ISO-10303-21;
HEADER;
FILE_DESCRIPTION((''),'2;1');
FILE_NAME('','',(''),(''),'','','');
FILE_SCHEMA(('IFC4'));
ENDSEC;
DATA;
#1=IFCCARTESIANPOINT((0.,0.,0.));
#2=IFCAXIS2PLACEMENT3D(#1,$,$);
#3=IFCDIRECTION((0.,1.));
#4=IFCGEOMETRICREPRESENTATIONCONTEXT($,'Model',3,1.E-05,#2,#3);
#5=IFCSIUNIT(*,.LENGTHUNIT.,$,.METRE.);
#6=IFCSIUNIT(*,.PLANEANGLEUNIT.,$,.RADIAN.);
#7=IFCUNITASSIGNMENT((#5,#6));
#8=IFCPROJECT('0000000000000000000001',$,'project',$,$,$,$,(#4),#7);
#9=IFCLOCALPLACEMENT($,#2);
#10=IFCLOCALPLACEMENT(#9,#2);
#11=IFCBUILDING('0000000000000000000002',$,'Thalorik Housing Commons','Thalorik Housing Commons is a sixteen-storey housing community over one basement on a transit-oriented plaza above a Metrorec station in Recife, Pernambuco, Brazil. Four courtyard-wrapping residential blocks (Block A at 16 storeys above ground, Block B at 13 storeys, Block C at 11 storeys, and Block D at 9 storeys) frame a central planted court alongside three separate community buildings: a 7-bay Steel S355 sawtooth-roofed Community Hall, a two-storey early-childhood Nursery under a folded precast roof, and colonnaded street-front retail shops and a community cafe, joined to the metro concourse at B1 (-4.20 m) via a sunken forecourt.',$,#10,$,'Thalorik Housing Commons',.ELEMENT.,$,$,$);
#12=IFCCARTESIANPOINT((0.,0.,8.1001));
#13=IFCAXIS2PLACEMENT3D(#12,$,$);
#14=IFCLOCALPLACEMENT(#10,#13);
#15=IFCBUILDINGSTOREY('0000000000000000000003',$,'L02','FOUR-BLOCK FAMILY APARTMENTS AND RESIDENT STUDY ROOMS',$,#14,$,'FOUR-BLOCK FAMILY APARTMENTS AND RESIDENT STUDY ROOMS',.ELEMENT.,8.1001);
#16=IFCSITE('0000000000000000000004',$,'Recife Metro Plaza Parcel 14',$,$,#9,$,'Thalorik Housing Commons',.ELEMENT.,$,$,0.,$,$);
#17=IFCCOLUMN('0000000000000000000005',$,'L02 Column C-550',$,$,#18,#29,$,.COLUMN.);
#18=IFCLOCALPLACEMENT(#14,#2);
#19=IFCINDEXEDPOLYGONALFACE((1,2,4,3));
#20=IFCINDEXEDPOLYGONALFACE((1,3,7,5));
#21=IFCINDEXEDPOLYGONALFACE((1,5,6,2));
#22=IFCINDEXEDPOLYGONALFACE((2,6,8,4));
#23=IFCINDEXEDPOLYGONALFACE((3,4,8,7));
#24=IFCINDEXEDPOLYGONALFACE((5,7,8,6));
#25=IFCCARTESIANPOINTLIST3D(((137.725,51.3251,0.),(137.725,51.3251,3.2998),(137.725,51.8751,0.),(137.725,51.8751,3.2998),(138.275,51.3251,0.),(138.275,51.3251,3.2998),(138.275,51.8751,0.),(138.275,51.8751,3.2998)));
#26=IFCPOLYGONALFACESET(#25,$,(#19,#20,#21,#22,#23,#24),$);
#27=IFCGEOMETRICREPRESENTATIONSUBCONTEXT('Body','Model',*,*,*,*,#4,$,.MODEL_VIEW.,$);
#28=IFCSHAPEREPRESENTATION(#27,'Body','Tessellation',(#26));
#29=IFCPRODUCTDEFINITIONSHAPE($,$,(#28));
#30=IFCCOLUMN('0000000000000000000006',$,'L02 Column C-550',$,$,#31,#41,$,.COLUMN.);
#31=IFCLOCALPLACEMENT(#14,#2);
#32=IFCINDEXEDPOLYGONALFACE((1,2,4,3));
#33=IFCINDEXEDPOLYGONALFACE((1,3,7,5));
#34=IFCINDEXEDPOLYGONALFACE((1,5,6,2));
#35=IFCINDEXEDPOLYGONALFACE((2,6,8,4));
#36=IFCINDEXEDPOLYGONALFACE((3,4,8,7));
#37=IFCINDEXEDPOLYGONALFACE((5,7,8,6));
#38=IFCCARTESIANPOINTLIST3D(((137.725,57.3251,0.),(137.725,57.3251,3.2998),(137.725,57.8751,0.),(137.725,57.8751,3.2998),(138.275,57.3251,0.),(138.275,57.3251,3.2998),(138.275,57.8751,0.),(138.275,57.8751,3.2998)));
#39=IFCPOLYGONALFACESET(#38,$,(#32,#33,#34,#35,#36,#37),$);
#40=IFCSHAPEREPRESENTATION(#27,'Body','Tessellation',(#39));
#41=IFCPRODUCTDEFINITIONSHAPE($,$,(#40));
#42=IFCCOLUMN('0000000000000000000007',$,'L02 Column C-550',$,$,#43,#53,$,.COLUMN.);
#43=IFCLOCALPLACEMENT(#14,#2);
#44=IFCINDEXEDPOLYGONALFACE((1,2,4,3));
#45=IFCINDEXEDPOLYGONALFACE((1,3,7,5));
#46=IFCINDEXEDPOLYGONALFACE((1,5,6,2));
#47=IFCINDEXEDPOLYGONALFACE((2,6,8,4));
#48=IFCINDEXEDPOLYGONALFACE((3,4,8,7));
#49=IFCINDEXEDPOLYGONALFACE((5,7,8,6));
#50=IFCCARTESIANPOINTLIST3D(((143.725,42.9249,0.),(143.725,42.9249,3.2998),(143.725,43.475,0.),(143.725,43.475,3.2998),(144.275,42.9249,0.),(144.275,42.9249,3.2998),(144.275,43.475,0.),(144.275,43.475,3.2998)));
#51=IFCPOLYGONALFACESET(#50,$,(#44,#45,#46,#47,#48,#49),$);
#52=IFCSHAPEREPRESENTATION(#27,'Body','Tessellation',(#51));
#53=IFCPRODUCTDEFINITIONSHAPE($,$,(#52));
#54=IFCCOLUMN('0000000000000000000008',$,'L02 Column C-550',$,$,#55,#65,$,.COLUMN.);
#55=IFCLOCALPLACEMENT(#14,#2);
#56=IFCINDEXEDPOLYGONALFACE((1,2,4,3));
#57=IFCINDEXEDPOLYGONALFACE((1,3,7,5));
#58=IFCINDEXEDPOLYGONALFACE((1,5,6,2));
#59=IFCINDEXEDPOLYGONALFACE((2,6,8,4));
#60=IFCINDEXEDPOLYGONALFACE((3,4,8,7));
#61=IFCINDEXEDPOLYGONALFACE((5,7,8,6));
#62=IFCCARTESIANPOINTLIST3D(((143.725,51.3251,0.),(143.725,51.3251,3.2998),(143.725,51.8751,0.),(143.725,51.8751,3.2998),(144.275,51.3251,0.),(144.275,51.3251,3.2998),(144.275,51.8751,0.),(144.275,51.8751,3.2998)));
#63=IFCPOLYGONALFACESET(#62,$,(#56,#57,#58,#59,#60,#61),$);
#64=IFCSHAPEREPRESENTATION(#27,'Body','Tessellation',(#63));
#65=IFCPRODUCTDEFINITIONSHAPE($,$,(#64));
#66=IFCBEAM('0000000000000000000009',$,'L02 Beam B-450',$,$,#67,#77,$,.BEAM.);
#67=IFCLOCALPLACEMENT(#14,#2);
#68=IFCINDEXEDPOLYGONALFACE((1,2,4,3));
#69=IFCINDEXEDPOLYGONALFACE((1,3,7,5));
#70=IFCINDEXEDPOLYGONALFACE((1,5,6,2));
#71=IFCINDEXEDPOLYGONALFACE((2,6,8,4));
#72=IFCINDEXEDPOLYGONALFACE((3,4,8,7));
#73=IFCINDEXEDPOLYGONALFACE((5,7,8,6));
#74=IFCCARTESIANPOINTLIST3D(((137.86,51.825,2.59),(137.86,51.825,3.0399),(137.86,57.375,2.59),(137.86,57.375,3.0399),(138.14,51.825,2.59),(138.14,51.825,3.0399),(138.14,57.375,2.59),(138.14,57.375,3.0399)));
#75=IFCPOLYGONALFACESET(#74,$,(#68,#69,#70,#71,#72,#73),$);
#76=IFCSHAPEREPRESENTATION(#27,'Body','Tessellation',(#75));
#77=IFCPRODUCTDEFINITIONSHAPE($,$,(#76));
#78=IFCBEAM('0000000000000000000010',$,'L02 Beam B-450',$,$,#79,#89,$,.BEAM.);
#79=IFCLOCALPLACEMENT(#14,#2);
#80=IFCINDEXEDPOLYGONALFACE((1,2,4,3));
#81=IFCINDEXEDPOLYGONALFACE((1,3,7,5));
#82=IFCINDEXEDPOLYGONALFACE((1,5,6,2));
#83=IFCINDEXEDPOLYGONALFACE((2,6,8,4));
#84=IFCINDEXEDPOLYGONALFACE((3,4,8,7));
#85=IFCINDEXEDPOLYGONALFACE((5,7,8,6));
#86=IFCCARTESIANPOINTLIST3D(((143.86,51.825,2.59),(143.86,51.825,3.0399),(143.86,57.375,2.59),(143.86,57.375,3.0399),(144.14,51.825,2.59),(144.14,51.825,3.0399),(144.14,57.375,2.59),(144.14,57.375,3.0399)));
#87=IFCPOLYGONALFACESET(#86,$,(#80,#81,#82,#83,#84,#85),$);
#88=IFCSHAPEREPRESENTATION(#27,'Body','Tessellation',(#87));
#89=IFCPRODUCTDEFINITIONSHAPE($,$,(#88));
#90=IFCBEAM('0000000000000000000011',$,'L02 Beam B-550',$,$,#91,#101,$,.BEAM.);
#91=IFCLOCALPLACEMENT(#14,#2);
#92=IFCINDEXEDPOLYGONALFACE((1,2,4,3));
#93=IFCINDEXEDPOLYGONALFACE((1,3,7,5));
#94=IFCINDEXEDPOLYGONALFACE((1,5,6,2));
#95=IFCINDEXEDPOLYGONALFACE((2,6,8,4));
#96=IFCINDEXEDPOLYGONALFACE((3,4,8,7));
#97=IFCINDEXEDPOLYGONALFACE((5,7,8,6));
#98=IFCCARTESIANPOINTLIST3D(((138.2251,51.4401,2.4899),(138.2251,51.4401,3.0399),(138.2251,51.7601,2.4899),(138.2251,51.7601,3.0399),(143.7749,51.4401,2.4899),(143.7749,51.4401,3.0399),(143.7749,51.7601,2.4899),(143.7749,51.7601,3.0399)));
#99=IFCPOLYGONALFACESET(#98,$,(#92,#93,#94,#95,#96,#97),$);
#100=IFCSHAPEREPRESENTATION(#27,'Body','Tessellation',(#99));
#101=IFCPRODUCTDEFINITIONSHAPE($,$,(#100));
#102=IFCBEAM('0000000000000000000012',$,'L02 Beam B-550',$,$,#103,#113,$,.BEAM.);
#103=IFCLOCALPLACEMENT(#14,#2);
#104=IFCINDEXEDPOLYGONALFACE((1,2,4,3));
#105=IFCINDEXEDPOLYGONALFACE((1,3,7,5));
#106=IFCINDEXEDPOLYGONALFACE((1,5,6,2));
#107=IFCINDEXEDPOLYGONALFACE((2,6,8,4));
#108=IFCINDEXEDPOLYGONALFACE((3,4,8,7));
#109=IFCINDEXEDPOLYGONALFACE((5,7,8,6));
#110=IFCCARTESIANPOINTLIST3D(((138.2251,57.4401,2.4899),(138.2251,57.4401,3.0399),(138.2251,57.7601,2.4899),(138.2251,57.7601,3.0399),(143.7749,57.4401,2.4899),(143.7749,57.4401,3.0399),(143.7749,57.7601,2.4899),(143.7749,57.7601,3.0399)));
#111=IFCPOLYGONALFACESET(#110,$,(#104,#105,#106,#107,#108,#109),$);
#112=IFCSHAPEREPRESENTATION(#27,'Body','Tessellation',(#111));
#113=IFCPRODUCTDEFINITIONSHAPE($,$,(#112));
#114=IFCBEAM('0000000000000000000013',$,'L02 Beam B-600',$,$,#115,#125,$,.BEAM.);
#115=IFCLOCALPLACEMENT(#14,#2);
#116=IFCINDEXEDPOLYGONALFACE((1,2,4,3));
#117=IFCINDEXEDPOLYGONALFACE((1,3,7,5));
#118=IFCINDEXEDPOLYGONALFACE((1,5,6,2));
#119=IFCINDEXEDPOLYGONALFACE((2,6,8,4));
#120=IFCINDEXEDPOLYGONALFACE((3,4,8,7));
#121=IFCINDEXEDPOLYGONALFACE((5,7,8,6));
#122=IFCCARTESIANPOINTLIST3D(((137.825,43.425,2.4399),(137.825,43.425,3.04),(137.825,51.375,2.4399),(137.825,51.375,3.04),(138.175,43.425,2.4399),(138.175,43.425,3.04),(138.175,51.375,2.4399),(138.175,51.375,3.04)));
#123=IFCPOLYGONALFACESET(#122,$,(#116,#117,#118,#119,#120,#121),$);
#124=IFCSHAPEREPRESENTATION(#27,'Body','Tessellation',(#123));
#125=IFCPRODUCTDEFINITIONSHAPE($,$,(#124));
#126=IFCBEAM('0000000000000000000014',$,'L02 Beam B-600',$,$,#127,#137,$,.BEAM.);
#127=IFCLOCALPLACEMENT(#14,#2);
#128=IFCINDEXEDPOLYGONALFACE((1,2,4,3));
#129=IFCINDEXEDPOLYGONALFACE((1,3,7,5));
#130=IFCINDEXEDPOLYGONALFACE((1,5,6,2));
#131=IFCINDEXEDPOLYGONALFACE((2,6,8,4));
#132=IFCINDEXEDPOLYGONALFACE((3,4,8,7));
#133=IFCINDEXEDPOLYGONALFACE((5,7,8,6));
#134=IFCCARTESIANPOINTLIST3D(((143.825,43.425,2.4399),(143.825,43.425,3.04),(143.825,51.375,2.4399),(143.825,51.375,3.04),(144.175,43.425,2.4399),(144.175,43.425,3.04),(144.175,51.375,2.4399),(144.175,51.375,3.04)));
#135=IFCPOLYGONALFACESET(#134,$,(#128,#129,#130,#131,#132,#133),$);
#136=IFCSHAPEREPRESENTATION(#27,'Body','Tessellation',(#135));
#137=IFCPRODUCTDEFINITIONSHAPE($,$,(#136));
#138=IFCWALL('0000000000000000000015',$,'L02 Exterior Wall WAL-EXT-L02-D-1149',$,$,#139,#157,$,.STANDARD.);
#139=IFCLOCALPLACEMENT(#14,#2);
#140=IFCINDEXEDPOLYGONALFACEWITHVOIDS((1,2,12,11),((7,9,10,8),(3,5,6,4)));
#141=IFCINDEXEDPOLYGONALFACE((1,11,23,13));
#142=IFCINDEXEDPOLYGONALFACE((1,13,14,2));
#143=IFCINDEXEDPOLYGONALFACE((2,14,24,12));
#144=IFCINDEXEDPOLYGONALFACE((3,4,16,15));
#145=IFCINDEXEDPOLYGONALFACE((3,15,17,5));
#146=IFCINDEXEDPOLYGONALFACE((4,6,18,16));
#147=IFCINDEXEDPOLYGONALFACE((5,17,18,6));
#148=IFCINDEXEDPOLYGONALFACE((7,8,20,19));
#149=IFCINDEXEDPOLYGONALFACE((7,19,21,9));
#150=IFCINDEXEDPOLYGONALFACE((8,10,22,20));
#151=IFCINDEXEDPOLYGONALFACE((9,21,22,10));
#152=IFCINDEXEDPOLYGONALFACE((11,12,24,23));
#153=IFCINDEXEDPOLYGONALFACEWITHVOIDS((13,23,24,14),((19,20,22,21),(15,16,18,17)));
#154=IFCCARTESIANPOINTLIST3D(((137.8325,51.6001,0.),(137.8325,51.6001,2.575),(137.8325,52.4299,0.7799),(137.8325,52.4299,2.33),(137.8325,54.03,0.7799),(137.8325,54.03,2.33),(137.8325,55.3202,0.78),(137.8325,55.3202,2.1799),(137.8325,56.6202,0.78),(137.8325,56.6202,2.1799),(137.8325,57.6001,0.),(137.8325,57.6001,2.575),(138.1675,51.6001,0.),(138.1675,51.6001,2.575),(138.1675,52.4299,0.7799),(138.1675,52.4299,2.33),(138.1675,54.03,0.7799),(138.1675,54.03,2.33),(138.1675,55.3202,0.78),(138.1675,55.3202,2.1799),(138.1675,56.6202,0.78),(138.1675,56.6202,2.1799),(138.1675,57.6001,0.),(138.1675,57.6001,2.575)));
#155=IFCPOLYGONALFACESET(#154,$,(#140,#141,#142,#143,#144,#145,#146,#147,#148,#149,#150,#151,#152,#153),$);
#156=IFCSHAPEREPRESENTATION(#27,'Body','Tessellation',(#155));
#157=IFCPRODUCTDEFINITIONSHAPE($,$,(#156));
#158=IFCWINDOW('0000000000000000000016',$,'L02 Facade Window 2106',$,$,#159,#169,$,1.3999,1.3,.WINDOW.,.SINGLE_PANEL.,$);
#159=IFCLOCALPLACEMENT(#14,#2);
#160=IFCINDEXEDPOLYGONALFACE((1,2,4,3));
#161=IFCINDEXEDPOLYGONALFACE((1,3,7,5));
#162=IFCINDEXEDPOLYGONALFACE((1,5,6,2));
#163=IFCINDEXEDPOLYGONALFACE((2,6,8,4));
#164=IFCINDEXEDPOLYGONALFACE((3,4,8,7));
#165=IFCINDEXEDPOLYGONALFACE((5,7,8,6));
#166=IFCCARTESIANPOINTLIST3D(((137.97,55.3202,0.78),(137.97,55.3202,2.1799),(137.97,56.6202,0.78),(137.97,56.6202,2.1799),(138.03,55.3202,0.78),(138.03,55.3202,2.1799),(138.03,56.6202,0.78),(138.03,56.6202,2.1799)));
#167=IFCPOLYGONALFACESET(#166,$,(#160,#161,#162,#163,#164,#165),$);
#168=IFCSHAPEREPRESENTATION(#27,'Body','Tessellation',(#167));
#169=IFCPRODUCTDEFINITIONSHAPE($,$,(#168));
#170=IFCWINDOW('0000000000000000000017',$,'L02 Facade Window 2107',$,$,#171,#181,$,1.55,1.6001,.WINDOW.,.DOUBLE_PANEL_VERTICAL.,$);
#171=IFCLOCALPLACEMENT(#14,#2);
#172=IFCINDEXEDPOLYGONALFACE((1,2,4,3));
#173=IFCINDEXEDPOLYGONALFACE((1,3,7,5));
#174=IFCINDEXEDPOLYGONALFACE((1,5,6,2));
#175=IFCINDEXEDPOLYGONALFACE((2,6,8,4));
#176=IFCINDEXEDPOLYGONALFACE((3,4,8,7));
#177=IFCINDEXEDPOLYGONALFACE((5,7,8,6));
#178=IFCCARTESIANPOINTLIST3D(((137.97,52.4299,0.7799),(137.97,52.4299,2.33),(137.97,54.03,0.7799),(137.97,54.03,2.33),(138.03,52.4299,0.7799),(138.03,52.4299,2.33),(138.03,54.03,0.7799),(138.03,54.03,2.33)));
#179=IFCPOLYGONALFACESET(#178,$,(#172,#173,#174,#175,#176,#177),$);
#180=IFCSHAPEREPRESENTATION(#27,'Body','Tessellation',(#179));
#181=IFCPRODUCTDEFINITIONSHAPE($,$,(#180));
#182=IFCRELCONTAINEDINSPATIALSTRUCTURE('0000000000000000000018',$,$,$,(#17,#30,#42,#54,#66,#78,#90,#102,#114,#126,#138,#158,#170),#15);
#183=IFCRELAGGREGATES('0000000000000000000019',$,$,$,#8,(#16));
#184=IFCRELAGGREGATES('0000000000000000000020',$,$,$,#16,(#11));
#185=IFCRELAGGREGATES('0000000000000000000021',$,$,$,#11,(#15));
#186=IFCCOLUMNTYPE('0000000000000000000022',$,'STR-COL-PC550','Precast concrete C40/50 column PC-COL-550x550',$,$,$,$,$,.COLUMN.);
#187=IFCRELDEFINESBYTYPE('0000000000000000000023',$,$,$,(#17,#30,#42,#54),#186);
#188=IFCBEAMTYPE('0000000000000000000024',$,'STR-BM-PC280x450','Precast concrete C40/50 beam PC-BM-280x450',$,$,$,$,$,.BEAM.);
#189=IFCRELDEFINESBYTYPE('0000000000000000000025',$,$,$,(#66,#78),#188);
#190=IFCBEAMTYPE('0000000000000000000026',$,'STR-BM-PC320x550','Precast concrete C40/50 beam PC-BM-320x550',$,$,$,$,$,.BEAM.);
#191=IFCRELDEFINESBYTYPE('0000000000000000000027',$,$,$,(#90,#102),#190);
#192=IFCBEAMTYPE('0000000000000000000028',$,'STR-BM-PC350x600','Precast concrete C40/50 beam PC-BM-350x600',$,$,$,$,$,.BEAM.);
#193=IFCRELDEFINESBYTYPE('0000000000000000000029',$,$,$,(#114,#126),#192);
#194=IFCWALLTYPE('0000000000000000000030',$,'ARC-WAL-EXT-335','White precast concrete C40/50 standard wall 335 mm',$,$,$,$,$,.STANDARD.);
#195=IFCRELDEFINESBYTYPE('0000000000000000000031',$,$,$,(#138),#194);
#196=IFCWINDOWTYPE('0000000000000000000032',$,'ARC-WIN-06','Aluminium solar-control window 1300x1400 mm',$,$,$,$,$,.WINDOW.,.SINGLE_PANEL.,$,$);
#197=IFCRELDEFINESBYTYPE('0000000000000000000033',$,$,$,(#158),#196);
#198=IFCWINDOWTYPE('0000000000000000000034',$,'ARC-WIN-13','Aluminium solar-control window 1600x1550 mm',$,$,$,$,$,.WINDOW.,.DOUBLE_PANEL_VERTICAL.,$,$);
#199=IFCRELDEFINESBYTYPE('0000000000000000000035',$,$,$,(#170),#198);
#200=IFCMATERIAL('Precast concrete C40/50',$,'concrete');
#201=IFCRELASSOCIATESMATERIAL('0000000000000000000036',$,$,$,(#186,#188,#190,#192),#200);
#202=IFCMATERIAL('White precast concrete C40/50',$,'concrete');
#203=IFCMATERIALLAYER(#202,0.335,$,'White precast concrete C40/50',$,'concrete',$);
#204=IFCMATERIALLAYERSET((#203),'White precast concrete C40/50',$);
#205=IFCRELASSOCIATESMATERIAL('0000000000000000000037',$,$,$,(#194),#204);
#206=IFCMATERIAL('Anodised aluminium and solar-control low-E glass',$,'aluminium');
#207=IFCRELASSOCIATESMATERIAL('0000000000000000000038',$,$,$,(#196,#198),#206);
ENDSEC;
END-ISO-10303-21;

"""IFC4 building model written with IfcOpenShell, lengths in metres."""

from ifc_helpers import new_model, si_unit, direction, frame, frame_2d, origin, origin_2d, place, context, subcontext, project, spatial, rectangle, extrude, material, layer, layer_set, material_profile, profile_set, type_object, element, fill, save


model = new_model("IFC4")

# Units and contexts
model_context = context("Model", 3, precision=1e-05, world=origin(), true_north=direction((0.0, 1.0)))
body_context = subcontext(model_context, "Body", "Model", "MODEL_VIEW")
ifc_project = project(units=[si_unit("LENGTHUNIT", "METRE"), si_unit("PLANEANGLEUNIT", "RADIAN")], contexts=[model_context])

# Site, building, storey
site_placement = place(None, origin())
site = spatial("IfcSite", under=ifc_project, at=site_placement, Name="Recife Metro Plaza Parcel 14", LongName="Thalorik Housing Commons", CompositionType="ELEMENT", RefElevation=0.0)
building_placement = place(site_placement, origin())
building = spatial("IfcBuilding", under=site, at=building_placement, Name="Thalorik Housing Commons", Description="Thalorik Housing Commons is a sixteen-storey housing community over one basement on a transit-oriented plaza above a Metrorec station in Recife, Pernambuco, Brazil. Four courtyard-wrapping residential blocks (Block A at 16 storeys above ground, Block B at 13 storeys, Block C at 11 storeys, and Block D at 9 storeys) frame a central planted court alongside three separate community buildings: a 7-bay Steel S355 sawtooth-roofed Community Hall, a two-storey early-childhood Nursery under a folded precast roof, and colonnaded street-front retail shops and a community cafe, joined to the metro concourse at B1 (-4.20 m) via a sunken forecourt.", LongName="Thalorik Housing Commons", CompositionType="ELEMENT")
storey_placement = place(building_placement, frame((0.0, 0.0, 8.1001)))
storey = spatial("IfcBuildingStorey", under=building, at=storey_placement, Name="L02", Description="FOUR-BLOCK FAMILY APARTMENTS AND RESIDENT STUDY ROOMS", LongName="FOUR-BLOCK FAMILY APARTMENTS AND RESIDENT STUDY ROOMS", CompositionType="ELEMENT", Elevation=8.1001)

# Columns
ifc_material_1 = material(Name="Precast concrete C40/50", Category="concrete")
ifc_material_profile_1 = material_profile(ifc_material_1, rectangle(XDim=0.55, YDim=0.55, at=origin_2d()), Name="PC 550x550", Category="concrete")
ifc_profile_set_1 = profile_set([ifc_material_profile_1], Name="Precast concrete C40/50")
column_type = type_object("IfcColumnType", Name="STR-COL-PC550", Description="Precast concrete C40/50 column PC-COL-550x550", PredefinedType="COLUMN", material=ifc_profile_set_1)
for number, where, z_axis, x_axis, name in (
    (1, (138.0, 51.6001, 0.0), (0.0, 0.0, 1.0), (1.0, 0.0, 0.0), "L02 Column C-550"),
    (2, (138.0, 57.6001, 0.0), (0.0, 0.0, 1.0), (1.0, 0.0, 0.0), "L02 Column C-550"),
    (3, (144.0, 43.2, 0.0), (0.0, 0.0, 1.0), (1.0, 0.0, 0.0), "L02 Column C-550"),
    (4, (144.0, 51.6001, 0.0), (0.0, 0.0, 1.0), (1.0, 0.0, 0.0), "L02 Column C-550"),
):
    element("IfcColumn", number, at=place(storey_placement, frame(where, z_axis=z_axis, x_axis=x_axis)), inside=storey, type_object=column_type, Name=name, PredefinedType="COLUMN", context=body_context, shape_type="SweptSolid", body=[
        extrude(rectangle(XDim=0.55, YDim=0.55, at=origin_2d()), origin(), (0.0, 0.0, 1.0), 3.2998),
    ])

# Beams
ifc_material_profile_2 = material_profile(ifc_material_1, rectangle(XDim=0.28, YDim=0.45, at=origin_2d()), Name="PC 280x450", Category="concrete")
ifc_profile_set_2 = profile_set([ifc_material_profile_2], Name="Precast concrete C40/50")
beam_type_1 = type_object("IfcBeamType", Name="STR-BM-PC280x450", Description="Precast concrete C40/50 beam PC-BM-280x450", PredefinedType="BEAM", material=ifc_profile_set_2)
for number, where, z_axis, x_axis, name in (
    (5, (138.0, 51.825, 2.8149), (0.0, 1.0, 0.0), (-1.0, 0.0, 0.0), "L02 Beam B-450"),
    (6, (144.0, 51.825, 2.8149), (0.0, 1.0, 0.0), (-1.0, 0.0, 0.0), "L02 Beam B-450"),
):
    element("IfcBeam", number, at=place(storey_placement, frame(where, z_axis=z_axis, x_axis=x_axis)), inside=storey, type_object=beam_type_1, Name=name, PredefinedType="BEAM", context=body_context, shape_type="SweptSolid", body=[
        extrude(rectangle(XDim=0.28, YDim=0.45, at=origin_2d()), origin(), (0.0, 0.0, 1.0), 5.55),
    ])
ifc_material_profile_3 = material_profile(ifc_material_1, rectangle(XDim=0.3201, YDim=0.55, at=origin_2d()), Name="PC 320x550", Category="concrete")
ifc_profile_set_3 = profile_set([ifc_material_profile_3], Name="Precast concrete C40/50")
beam_type_2 = type_object("IfcBeamType", Name="STR-BM-PC320x550", Description="Precast concrete C40/50 beam PC-BM-320x550", PredefinedType="BEAM", material=ifc_profile_set_3)
for number, where, z_axis, x_axis, name in (
    (7, (138.2251, 51.6001, 2.7649), (1.0, 0.0, 0.0), (0.0, 1.0, 0.0), "L02 Beam B-550"),
    (8, (138.2251, 57.6001, 2.7649), (1.0, 0.0, 0.0), (0.0, 1.0, 0.0), "L02 Beam B-550"),
):
    element("IfcBeam", number, at=place(storey_placement, frame(where, z_axis=z_axis, x_axis=x_axis)), inside=storey, type_object=beam_type_2, Name=name, PredefinedType="BEAM", context=body_context, shape_type="SweptSolid", body=[
        extrude(rectangle(XDim=0.3201, YDim=0.55, at=origin_2d()), origin(), (0.0, 0.0, 1.0), 5.5498),
    ])
ifc_material_profile_4 = material_profile(ifc_material_1, rectangle(XDim=0.3501, YDim=0.6001, at=origin_2d()), Name="PC 350x600", Category="concrete")
ifc_profile_set_4 = profile_set([ifc_material_profile_4], Name="Precast concrete C40/50")
beam_type_3 = type_object("IfcBeamType", Name="STR-BM-PC350x600", Description="Precast concrete C40/50 beam PC-BM-350x600", PredefinedType="BEAM", material=ifc_profile_set_4)
for number, where, z_axis, x_axis, name in (
    (9, (138.0, 43.425, 2.74), (0.0, 1.0, 0.0), (-1.0, 0.0, 0.0), "L02 Beam B-600"),
    (10, (144.0, 43.425, 2.74), (0.0, 1.0, 0.0), (-1.0, 0.0, 0.0), "L02 Beam B-600"),
):
    element("IfcBeam", number, at=place(storey_placement, frame(where, z_axis=z_axis, x_axis=x_axis)), inside=storey, type_object=beam_type_3, Name=name, PredefinedType="BEAM", context=body_context, shape_type="SweptSolid", body=[
        extrude(rectangle(XDim=0.3501, YDim=0.6001, at=origin_2d()), origin(), (0.0, 0.0, 1.0), 7.95),
    ])

# Wall, openings, windows
ifc_material_2 = material(Name="White precast concrete C40/50", Category="concrete")
ifc_layer_1 = layer(ifc_material_2, 0.335, Name="White precast concrete C40/50", Category="concrete")
ifc_layer_set_1 = layer_set([ifc_layer_1], Name="White precast concrete C40/50")
wall_type = type_object("IfcWallType", Name="ARC-WAL-EXT-335", Description="White precast concrete C40/50 standard wall 335 mm", PredefinedType="STANDARD", material=ifc_layer_set_1)
wall_1_placement = place(storey_placement, frame((138.0, 57.6001, 0.0), z_axis=(0.0, 0.0, 1.0), x_axis=(0.0, -1.0, 0.0)))
wall_1 = element("IfcWall", 11, at=wall_1_placement, inside=storey, type_object=wall_type, Name="L02 Exterior Wall WAL-EXT-L02-D-1149", PredefinedType="STANDARD", context=body_context, shape_type="SweptSolid", body=[
    extrude(rectangle(XDim=6.0, YDim=0.335, at=frame_2d((3.0, 0.0))), origin(), (0.0, 0.0, 1.0), 2.575),
])
opening_1_placement = place(wall_1_placement, frame((0.98, 0.0, 0.78)))
opening_1 = element("IfcOpeningElement", 12, at=opening_1_placement, cuts=wall_1, PredefinedType="OPENING", context=body_context, shape_type="SweptSolid", body=[
    extrude(rectangle(XDim=1.3, YDim=1.3999, at=frame_2d((0.6499, 0.7))), frame((0.0, 0.1775, 0.0), z_axis=(0.0, -1.0, 0.0), x_axis=(1.0, 0.0, 0.0)), (0.0, 0.0, 1.0), 0.355),
])
opening_2_placement = place(wall_1_placement, frame((3.5701, 0.0, 0.78)))
opening_2 = element("IfcOpeningElement", 13, at=opening_2_placement, cuts=wall_1, PredefinedType="OPENING", context=body_context, shape_type="SweptSolid", body=[
    extrude(rectangle(XDim=1.6001, YDim=1.55, at=frame_2d((0.8, 0.7749))), frame((0.0, 0.1775, 0.0), z_axis=(0.0, -1.0, 0.0), x_axis=(1.0, 0.0, 0.0)), (0.0, 0.0, 1.0), 0.355),
])
ifc_material_3 = material(Name="Anodised aluminium and solar-control low-E glass", Category="aluminium")
window_type_1 = type_object("IfcWindowType", Name="ARC-WIN-06", Description="Aluminium solar-control window 1300x1400 mm", PartitioningType="SINGLE_PANEL", PredefinedType="WINDOW", material=ifc_material_3)
window_1_placement = place(opening_1_placement, origin())
window_1 = element("IfcWindow", 14, at=window_1_placement, inside=storey, type_object=window_type_1, Name="L02 Facade Window 2106", OverallHeight=1.3999, OverallWidth=1.3, PartitioningType="SINGLE_PANEL", PredefinedType="WINDOW", context=body_context, shape_type="SweptSolid", body=[
    extrude(rectangle(XDim=1.3, YDim=1.3999, at=frame_2d((0.6499, 0.7))), frame((0.0, 0.03, 0.0), z_axis=(0.0, -1.0, 0.0), x_axis=(1.0, 0.0, 0.0)), (0.0, 0.0, 1.0), 0.0601),
])
fill(opening_1, window_1)
window_type_2 = type_object("IfcWindowType", Name="ARC-WIN-13", Description="Aluminium solar-control window 1600x1550 mm", PartitioningType="DOUBLE_PANEL_VERTICAL", PredefinedType="WINDOW", material=ifc_material_3)
window_2_placement = place(opening_2_placement, origin())
window_2 = element("IfcWindow", 15, at=window_2_placement, inside=storey, type_object=window_type_2, Name="L02 Facade Window 2107", OverallHeight=1.55, OverallWidth=1.6001, PartitioningType="DOUBLE_PANEL_VERTICAL", PredefinedType="WINDOW", context=body_context, shape_type="SweptSolid", body=[
    extrude(rectangle(XDim=1.6001, YDim=1.55, at=frame_2d((0.8, 0.7749))), frame((0.0, 0.03, 0.0), z_axis=(0.0, -1.0, 0.0), x_axis=(1.0, 0.0, 0.0)), (0.0, 0.0, 1.0), 0.0601),
])
fill(opening_2, window_2)

save(model, "model.ifc")
